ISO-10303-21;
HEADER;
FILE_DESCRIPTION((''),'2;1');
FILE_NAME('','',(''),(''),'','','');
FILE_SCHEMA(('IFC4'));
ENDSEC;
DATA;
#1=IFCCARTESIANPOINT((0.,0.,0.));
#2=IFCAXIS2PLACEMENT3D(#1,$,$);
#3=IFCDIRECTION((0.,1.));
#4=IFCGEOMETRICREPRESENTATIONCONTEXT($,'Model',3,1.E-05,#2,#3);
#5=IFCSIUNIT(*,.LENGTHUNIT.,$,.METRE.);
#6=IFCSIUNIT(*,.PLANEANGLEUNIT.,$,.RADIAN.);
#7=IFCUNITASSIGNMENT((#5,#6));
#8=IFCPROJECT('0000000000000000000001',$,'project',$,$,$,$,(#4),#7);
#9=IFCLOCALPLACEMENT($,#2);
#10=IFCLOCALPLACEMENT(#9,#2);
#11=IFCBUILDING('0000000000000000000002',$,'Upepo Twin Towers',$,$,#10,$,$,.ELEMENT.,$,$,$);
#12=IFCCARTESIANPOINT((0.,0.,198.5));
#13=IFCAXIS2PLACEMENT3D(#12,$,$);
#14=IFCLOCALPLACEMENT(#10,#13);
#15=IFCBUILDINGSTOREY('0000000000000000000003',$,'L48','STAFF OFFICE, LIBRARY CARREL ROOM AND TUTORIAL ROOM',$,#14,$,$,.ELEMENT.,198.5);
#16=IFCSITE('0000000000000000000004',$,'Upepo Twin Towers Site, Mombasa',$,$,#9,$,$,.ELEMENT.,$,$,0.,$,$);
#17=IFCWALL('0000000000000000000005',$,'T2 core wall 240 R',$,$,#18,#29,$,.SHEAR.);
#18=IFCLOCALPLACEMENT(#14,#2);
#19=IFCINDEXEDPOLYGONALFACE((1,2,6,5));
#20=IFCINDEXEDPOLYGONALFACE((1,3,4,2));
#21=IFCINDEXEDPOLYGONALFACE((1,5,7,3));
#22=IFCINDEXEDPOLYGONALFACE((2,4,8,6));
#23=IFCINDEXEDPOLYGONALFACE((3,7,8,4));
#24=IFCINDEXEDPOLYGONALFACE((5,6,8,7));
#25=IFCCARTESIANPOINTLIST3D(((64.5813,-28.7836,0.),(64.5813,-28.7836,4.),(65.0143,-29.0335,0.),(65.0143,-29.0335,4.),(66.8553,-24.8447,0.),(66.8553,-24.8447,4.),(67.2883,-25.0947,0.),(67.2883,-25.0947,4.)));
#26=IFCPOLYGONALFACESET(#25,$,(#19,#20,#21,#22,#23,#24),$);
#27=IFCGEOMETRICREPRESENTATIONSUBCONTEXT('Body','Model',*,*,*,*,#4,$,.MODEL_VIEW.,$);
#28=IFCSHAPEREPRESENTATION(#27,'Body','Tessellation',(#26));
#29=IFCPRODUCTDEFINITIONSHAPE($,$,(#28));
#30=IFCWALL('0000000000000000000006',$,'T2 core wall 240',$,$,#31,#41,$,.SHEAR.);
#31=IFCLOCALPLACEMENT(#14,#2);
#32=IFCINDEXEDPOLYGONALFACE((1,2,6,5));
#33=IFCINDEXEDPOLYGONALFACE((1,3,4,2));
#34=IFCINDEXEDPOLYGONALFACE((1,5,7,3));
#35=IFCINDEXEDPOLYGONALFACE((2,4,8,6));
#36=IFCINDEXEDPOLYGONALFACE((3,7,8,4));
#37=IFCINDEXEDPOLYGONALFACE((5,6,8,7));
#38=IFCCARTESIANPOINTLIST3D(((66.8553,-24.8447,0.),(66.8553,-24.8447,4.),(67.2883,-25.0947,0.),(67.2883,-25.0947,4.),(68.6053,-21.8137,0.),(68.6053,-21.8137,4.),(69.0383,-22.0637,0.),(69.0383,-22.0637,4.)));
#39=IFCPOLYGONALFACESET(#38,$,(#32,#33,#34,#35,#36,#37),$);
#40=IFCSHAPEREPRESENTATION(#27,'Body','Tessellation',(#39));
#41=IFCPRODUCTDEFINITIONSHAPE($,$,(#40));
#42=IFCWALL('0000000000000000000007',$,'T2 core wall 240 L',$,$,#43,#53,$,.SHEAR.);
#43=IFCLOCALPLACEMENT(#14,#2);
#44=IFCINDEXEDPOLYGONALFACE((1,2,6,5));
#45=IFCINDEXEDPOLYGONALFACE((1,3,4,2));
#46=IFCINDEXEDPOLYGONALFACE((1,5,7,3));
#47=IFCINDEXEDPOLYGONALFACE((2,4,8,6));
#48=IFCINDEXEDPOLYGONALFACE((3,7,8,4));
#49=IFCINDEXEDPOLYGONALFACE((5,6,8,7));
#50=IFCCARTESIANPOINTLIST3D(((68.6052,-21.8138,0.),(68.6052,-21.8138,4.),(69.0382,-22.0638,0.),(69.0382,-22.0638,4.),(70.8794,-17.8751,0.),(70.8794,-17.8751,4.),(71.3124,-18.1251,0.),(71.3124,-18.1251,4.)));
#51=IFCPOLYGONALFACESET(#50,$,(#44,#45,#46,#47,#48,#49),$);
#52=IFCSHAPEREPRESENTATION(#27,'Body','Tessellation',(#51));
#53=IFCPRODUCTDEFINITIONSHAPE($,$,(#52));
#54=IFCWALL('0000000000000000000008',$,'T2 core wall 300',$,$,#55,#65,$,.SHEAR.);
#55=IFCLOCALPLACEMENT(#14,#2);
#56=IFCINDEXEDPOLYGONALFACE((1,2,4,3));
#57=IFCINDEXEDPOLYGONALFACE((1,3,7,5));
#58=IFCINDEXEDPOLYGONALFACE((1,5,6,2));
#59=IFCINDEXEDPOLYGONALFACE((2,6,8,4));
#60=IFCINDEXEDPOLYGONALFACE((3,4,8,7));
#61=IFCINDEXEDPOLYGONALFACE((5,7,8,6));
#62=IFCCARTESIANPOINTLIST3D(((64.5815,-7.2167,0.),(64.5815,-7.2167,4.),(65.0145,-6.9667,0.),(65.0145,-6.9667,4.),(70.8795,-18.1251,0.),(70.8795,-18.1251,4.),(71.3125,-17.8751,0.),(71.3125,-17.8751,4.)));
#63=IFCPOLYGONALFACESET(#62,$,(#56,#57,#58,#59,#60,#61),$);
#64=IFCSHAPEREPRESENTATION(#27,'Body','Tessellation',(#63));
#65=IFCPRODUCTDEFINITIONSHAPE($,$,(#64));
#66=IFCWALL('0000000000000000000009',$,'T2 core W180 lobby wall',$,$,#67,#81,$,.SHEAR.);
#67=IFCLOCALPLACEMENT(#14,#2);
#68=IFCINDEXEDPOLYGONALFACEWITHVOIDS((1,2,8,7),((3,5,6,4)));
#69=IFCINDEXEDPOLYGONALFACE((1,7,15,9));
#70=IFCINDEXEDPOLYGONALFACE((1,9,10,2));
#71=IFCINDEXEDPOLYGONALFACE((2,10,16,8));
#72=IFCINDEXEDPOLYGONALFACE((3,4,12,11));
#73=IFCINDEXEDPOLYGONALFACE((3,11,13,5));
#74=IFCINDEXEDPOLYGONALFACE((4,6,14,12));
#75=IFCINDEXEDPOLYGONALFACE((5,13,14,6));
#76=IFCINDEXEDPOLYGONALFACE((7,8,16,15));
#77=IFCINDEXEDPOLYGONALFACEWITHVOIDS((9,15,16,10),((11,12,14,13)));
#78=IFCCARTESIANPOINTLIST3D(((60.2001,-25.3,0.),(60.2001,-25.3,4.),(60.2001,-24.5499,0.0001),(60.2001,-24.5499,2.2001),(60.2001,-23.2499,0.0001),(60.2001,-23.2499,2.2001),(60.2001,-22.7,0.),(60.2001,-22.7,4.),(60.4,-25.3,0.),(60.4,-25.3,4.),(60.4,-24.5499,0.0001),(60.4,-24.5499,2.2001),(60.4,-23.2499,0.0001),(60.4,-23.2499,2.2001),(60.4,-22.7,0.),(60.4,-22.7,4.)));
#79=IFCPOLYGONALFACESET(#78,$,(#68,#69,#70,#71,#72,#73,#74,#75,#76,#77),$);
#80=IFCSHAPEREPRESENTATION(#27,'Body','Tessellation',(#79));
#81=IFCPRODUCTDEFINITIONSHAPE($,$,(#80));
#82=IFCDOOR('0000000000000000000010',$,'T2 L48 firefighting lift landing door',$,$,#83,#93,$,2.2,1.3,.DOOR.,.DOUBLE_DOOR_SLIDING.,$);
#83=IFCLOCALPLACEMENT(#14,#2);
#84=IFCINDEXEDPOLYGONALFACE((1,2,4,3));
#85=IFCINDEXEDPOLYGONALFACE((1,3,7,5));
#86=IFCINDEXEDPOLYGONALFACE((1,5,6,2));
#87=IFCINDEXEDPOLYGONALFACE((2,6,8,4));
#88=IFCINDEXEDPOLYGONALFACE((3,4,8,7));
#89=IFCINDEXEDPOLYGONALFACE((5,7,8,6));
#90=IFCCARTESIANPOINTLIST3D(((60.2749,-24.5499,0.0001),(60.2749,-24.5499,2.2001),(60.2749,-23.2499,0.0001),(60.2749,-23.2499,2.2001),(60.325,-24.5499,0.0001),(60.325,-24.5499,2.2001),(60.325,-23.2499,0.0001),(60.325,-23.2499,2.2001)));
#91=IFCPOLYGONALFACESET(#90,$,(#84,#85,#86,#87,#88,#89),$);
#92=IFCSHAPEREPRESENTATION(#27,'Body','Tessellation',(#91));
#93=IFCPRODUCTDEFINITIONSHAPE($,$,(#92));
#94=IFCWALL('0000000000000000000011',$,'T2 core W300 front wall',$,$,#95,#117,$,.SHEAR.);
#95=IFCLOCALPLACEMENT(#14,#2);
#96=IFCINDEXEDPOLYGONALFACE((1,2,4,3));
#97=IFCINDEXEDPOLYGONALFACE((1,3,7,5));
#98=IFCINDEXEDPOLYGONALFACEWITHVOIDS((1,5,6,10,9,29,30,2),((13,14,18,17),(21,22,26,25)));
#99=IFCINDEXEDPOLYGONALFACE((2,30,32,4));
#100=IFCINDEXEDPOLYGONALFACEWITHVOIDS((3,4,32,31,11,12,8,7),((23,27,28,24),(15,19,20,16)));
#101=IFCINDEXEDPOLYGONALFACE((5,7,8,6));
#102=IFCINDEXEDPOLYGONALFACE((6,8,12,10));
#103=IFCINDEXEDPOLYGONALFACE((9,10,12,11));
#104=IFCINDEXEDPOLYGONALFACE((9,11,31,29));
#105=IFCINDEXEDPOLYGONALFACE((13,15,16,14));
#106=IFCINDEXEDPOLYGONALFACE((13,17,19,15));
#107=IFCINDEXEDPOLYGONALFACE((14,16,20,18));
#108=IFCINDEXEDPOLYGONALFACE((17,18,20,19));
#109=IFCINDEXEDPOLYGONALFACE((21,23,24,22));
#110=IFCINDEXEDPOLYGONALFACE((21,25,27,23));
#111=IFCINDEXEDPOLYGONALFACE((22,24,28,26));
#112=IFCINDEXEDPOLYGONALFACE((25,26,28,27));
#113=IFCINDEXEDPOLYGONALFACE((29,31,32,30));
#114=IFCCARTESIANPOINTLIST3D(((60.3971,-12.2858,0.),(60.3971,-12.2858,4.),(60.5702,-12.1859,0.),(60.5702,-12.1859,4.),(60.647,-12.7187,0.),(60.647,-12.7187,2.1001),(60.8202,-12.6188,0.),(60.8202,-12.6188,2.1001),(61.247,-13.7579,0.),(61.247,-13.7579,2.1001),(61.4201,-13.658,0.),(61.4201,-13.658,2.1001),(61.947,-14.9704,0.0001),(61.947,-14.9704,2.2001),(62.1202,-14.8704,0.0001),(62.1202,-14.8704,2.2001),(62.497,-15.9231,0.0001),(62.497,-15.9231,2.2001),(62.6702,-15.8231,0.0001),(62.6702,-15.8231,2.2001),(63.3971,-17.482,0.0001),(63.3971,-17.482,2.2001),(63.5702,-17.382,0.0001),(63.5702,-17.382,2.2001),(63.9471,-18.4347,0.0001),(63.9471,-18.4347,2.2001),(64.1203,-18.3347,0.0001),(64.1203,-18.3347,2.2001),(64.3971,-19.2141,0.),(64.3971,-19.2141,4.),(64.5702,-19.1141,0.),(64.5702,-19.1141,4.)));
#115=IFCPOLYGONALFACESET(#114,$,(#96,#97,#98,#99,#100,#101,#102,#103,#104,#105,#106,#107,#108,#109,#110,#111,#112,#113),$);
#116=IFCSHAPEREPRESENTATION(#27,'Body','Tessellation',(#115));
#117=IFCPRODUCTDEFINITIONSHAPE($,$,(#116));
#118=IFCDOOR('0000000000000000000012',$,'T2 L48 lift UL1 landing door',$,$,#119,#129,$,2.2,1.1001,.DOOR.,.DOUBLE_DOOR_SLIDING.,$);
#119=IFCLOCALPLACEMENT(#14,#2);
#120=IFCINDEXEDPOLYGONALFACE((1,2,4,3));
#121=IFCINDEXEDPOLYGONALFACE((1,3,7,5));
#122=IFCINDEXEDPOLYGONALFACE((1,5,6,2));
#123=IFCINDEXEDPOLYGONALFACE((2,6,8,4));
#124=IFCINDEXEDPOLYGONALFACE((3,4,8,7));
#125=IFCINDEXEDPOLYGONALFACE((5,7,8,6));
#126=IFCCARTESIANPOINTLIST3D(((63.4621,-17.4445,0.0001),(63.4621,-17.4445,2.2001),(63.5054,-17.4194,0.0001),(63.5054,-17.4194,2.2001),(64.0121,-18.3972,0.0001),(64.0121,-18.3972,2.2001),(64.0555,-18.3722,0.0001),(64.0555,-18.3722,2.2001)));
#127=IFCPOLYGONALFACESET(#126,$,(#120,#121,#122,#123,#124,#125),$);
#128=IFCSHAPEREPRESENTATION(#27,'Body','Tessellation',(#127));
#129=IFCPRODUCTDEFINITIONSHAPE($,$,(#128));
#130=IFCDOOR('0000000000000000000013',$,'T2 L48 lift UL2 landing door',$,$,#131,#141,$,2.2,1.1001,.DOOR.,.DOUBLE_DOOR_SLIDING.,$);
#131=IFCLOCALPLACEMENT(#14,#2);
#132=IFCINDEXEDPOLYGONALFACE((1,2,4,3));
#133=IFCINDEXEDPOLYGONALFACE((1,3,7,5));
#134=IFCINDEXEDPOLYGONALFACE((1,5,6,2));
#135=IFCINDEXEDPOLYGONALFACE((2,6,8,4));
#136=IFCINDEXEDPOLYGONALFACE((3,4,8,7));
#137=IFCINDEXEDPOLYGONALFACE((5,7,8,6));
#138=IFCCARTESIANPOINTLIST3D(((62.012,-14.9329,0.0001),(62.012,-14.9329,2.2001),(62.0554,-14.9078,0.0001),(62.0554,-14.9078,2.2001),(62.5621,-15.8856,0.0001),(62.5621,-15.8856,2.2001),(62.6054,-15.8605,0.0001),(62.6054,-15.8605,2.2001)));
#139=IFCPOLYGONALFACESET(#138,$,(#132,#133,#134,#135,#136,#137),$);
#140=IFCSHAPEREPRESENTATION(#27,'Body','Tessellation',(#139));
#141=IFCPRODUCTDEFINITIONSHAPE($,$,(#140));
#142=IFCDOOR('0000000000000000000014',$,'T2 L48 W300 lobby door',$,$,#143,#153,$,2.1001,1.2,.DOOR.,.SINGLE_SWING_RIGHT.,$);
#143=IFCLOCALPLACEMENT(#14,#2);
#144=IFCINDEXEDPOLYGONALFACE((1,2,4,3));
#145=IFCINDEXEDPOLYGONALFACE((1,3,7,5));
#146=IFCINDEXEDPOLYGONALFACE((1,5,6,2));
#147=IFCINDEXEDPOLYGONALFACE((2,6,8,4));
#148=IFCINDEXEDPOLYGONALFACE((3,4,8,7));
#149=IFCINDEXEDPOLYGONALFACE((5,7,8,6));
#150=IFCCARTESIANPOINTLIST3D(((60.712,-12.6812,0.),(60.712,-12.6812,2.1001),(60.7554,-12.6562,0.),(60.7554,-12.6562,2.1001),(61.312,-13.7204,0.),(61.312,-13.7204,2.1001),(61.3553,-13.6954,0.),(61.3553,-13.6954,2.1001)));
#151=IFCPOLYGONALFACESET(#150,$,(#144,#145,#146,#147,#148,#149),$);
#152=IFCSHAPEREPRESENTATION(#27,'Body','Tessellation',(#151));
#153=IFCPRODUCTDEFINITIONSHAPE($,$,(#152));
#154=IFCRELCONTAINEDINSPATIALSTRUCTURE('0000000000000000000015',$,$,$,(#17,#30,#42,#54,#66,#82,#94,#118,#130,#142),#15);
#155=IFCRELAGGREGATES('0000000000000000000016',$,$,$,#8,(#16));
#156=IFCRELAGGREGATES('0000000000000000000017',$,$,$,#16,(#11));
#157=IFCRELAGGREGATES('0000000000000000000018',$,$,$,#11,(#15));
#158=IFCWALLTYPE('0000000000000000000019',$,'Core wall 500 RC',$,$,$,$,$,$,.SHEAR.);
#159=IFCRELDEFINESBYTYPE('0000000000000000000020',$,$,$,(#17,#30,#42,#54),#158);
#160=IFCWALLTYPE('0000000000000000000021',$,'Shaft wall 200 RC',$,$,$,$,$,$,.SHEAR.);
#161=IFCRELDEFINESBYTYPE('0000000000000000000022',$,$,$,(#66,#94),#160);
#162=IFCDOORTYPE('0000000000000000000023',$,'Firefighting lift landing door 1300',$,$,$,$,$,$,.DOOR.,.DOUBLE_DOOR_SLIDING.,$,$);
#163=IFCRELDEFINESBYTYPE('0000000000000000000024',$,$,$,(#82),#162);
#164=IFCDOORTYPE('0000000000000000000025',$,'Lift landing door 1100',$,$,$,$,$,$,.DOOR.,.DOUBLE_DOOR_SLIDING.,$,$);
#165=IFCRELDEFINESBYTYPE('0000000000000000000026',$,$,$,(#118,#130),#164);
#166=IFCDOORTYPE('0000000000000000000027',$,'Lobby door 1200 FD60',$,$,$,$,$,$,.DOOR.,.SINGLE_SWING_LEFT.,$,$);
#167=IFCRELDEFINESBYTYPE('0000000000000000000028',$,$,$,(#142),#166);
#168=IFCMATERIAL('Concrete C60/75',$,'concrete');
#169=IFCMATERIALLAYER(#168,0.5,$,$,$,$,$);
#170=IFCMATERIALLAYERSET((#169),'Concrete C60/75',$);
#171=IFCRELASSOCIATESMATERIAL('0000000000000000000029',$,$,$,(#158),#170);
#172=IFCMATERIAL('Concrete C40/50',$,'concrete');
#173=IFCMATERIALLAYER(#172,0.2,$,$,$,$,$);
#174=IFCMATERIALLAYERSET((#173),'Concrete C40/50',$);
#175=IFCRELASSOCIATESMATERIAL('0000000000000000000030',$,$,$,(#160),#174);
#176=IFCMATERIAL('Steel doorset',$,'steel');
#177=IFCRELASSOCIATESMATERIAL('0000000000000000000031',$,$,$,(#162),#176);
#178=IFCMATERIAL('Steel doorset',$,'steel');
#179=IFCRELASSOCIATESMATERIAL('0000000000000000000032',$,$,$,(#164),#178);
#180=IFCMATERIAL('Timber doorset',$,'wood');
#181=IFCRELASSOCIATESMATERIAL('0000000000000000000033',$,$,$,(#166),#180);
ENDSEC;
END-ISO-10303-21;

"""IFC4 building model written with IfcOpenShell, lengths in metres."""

from ifc_helpers import new_model, si_unit, direction, frame, frame_2d, origin, place, context, subcontext, project, spatial, rectangle, extrude, material, layer, layer_set, type_object, element, fill, save


model = new_model("IFC4")

# Units and contexts
model_context = context("Model", 3, precision=1e-05, world=origin(), true_north=direction((0.0, 1.0)))
body_context = subcontext(model_context, "Body", "Model", "MODEL_VIEW")
ifc_project = project(units=[si_unit("LENGTHUNIT", "METRE"), si_unit("PLANEANGLEUNIT", "RADIAN")], contexts=[model_context])

# Site, building, storey
site_placement = place(None, origin())
site = spatial("IfcSite", under=ifc_project, at=site_placement, Name="Upepo Twin Towers Site, Mombasa", CompositionType="ELEMENT", RefElevation=0.0)
building_placement = place(site_placement, origin())
building = spatial("IfcBuilding", under=site, at=building_placement, Name="Upepo Twin Towers", CompositionType="ELEMENT")
storey_placement = place(building_placement, frame((0.0, 0.0, 198.5)))
storey = spatial("IfcBuildingStorey", under=building, at=storey_placement, Name="L48", Description="STAFF OFFICE, LIBRARY CARREL ROOM AND TUTORIAL ROOM", CompositionType="ELEMENT", Elevation=198.5)

# Walls
ifc_material_1 = material(Name="Concrete C60/75", Category="concrete")
ifc_layer_1 = layer(ifc_material_1, 0.5)
ifc_layer_set_1 = layer_set([ifc_layer_1], Name="Concrete C60/75")
wall_type_1 = type_object("IfcWallType", Name="Core wall 500 RC", PredefinedType="SHEAR", material=ifc_layer_set_1)
wall_1_placement = place(storey_placement, frame((64.7979, -28.9084, 0.0), z_axis=(0.0, 0.0, 1.0), x_axis=(0.499984, 0.866035, 0.0)))
element("IfcWall", 1, at=wall_1_placement, inside=storey, type_object=wall_type_1, Name="T2 core wall 240 R", PredefinedType="SHEAR", context=body_context, shape_type="SweptSolid", body=[
    extrude(rectangle(XDim=4.5481, YDim=0.5, at=frame_2d((2.2739, 0.0))), origin(), (0.0, 0.0, 1.0), 4.0),
])
wall_2_placement = place(storey_placement, frame((67.0718, -24.9697, 0.0), z_axis=(0.0, 0.0, 1.0), x_axis=(0.50001, 0.866019, 0.0)))
element("IfcWall", 2, at=wall_2_placement, inside=storey, type_object=wall_type_1, Name="T2 core wall 240", PredefinedType="SHEAR", context=body_context, shape_type="SweptSolid", body=[
    extrude(rectangle(XDim=3.5, YDim=0.5, at=frame_2d((1.75, 0.0))), origin(), (0.0, 0.0, 1.0), 4.0),
])
wall_3_placement = place(storey_placement, frame((68.8218, -21.9387, 0.0), z_axis=(0.0, 0.0, 1.0), x_axis=(0.500024, 0.866011, 0.0)))
element("IfcWall", 3, at=wall_3_placement, inside=storey, type_object=wall_type_1, Name="T2 core wall 240 L", PredefinedType="SHEAR", context=body_context, shape_type="SweptSolid", body=[
    extrude(rectangle(XDim=4.5481, YDim=0.5, at=frame_2d((2.2739, 0.0))), origin(), (0.0, 0.0, 1.0), 4.0),
])
wall_4_placement = place(storey_placement, frame((71.0959, -18.0, 0.0), z_axis=(0.0, 0.0, 1.0), x_axis=(-0.500006, 0.866022, 0.0)))
element("IfcWall", 4, at=wall_4_placement, inside=storey, type_object=wall_type_1, Name="T2 core wall 300", PredefinedType="SHEAR", context=body_context, shape_type="SweptSolid", body=[
    extrude(rectangle(XDim=12.5959, YDim=0.5, at=frame_2d((6.2979, 0.0))), origin(), (0.0, 0.0, 1.0), 4.0),
])

# Wall, opening, door
ifc_material_2 = material(Name="Concrete C40/50", Category="concrete")
ifc_layer_2 = layer(ifc_material_2, 0.2)
ifc_layer_set_2 = layer_set([ifc_layer_2], Name="Concrete C40/50")
wall_type_2 = type_object("IfcWallType", Name="Shaft wall 200 RC", PredefinedType="SHEAR", material=ifc_layer_set_2)
wall_5_placement = place(storey_placement, frame((60.3, -22.7, 0.0), z_axis=(0.0, 0.0, 1.0), x_axis=(0.0, -1.0, 0.0)))
wall_5 = element("IfcWall", 5, at=wall_5_placement, inside=storey, type_object=wall_type_2, Name="T2 core W180 lobby wall", PredefinedType="SHEAR", context=body_context, shape_type="SweptSolid", body=[
    extrude(rectangle(XDim=2.6001, YDim=0.2, at=frame_2d((1.3, 0.0))), origin(), (0.0, 0.0, 1.0), 4.0),
])
opening_1_placement = place(wall_5_placement, frame((0.55, 0.0, 0.0)))
opening_1 = element("IfcOpeningElement", 6, at=opening_1_placement, cuts=wall_5, PredefinedType="OPENING", context=body_context, shape_type="SweptSolid", body=[
    extrude(rectangle(XDim=1.3, YDim=2.2, at=frame_2d((0.6499, 1.1001))), frame((0.0, 0.1099, 0.0), z_axis=(0.0, -1.0, 0.0), x_axis=(1.0, 0.0, 0.0)), (0.0, 0.0, 1.0), 0.22),
])
ifc_material_3 = material(Name="Steel doorset", Category="steel")
door_type_1 = type_object("IfcDoorType", Name="Firefighting lift landing door 1300", OperationType="DOUBLE_DOOR_SLIDING", PredefinedType="DOOR", material=ifc_material_3)
door_1_placement = place(opening_1_placement, origin())
door_1 = element("IfcDoor", 7, at=door_1_placement, inside=storey, type_object=door_type_1, Name="T2 L48 firefighting lift landing door", OperationType="DOUBLE_DOOR_SLIDING", OverallHeight=2.2, OverallWidth=1.3, PredefinedType="DOOR", context=body_context, shape_type="SweptSolid", body=[
    extrude(rectangle(XDim=1.3, YDim=2.2, at=frame_2d((0.6499, 1.1001))), frame((0.0, 0.0249, 0.0), z_axis=(0.0, -1.0, 0.0), x_axis=(1.0, 0.0, 0.0)), (0.0, 0.0, 1.0), 0.05),
])
fill(opening_1, door_1)

# Wall, openings, doors
wall_6_placement = place(storey_placement, frame((64.4836, -19.1641, 0.0), z_axis=(0.0, 0.0, 1.0), x_axis=(-0.499999, 0.866026, 0.0)))
wall_6 = element("IfcWall", 8, at=wall_6_placement, inside=storey, type_object=wall_type_2, Name="T2 core W300 front wall", PredefinedType="SHEAR", context=body_context, shape_type="SweptSolid", body=[
    extrude(rectangle(XDim=8.0, YDim=0.2, at=frame_2d((4.0, 0.0))), origin(), (0.0, 0.0, 1.0), 4.0),
])
opening_2_placement = place(wall_6_placement, frame((6.3, 0.0, 0.0)))
opening_2 = element("IfcOpeningElement", 9, at=opening_2_placement, cuts=wall_6, PredefinedType="OPENING", context=body_context, shape_type="SweptSolid", body=[
    extrude(rectangle(XDim=1.2, YDim=2.1001, at=frame_2d((0.6001, 1.05))), frame((0.0, 0.1099, 0.0), z_axis=(0.0, -1.0, 0.0), x_axis=(1.0, 0.0, 0.0)), (0.0, 0.0, 1.0), 0.22),
])
opening_3_placement = place(wall_6_placement, frame((0.8999, 0.0, 0.0)))
opening_3 = element("IfcOpeningElement", 10, at=opening_3_placement, cuts=wall_6, PredefinedType="OPENING", context=body_context, shape_type="SweptSolid", body=[
    extrude(rectangle(XDim=1.1001, YDim=2.2, at=frame_2d((0.55, 1.1001))), frame((0.0, 0.1099, 0.0), z_axis=(0.0, -1.0, 0.0), x_axis=(1.0, 0.0, 0.0)), (0.0, 0.0, 1.0), 0.22),
])
opening_4_placement = place(wall_6_placement, frame((3.8, 0.0, 0.0)))
opening_4 = element("IfcOpeningElement", 11, at=opening_4_placement, cuts=wall_6, PredefinedType="OPENING", context=body_context, shape_type="SweptSolid", body=[
    extrude(rectangle(XDim=1.1001, YDim=2.2, at=frame_2d((0.55, 1.1001))), frame((0.0, 0.1099, 0.0), z_axis=(0.0, -1.0, 0.0), x_axis=(1.0, 0.0, 0.0)), (0.0, 0.0, 1.0), 0.22),
])
ifc_material_4 = material(Name="Steel doorset", Category="steel")
door_type_2 = type_object("IfcDoorType", Name="Lift landing door 1100", OperationType="DOUBLE_DOOR_SLIDING", PredefinedType="DOOR", material=ifc_material_4)
door_2_placement = place(opening_3_placement, origin())
door_2 = element("IfcDoor", 12, at=door_2_placement, inside=storey, type_object=door_type_2, Name="T2 L48 lift UL1 landing door", OperationType="DOUBLE_DOOR_SLIDING", OverallHeight=2.2, OverallWidth=1.1001, PredefinedType="DOOR", context=body_context, shape_type="SweptSolid", body=[
    extrude(rectangle(XDim=1.1001, YDim=2.2, at=frame_2d((0.55, 1.1001))), frame((0.0, 0.0249, 0.0), z_axis=(0.0, -1.0, 0.0), x_axis=(1.0, 0.0, 0.0)), (0.0, 0.0, 1.0), 0.05),
])
fill(opening_3, door_2)
door_3_placement = place(opening_4_placement, origin())
door_3 = element("IfcDoor", 13, at=door_3_placement, inside=storey, type_object=door_type_2, Name="T2 L48 lift UL2 landing door", OperationType="DOUBLE_DOOR_SLIDING", OverallHeight=2.2, OverallWidth=1.1001, PredefinedType="DOOR", context=body_context, shape_type="SweptSolid", body=[
    extrude(rectangle(XDim=1.1001, YDim=2.2, at=frame_2d((0.55, 1.1001))), frame((0.0, 0.0249, 0.0), z_axis=(0.0, -1.0, 0.0), x_axis=(1.0, 0.0, 0.0)), (0.0, 0.0, 1.0), 0.05),
])
fill(opening_4, door_3)
ifc_material_5 = material(Name="Timber doorset", Category="wood")
door_type_3 = type_object("IfcDoorType", Name="Lobby door 1200 FD60", OperationType="SINGLE_SWING_LEFT", PredefinedType="DOOR", material=ifc_material_5)
door_4_placement = place(opening_2_placement, origin())
door_4 = element("IfcDoor", 14, at=door_4_placement, inside=storey, type_object=door_type_3, Name="T2 L48 W300 lobby door", OperationType="SINGLE_SWING_RIGHT", OverallHeight=2.1001, OverallWidth=1.2, PredefinedType="DOOR", context=body_context, shape_type="SweptSolid", body=[
    extrude(rectangle(XDim=1.2, YDim=2.1001, at=frame_2d((0.6001, 1.05))), frame((0.0, 0.0249, 0.0), z_axis=(0.0, -1.0, 0.0), x_axis=(1.0, 0.0, 0.0)), (0.0, 0.0, 1.0), 0.05),
])
fill(opening_2, door_4)

save(model, "model.ifc")
